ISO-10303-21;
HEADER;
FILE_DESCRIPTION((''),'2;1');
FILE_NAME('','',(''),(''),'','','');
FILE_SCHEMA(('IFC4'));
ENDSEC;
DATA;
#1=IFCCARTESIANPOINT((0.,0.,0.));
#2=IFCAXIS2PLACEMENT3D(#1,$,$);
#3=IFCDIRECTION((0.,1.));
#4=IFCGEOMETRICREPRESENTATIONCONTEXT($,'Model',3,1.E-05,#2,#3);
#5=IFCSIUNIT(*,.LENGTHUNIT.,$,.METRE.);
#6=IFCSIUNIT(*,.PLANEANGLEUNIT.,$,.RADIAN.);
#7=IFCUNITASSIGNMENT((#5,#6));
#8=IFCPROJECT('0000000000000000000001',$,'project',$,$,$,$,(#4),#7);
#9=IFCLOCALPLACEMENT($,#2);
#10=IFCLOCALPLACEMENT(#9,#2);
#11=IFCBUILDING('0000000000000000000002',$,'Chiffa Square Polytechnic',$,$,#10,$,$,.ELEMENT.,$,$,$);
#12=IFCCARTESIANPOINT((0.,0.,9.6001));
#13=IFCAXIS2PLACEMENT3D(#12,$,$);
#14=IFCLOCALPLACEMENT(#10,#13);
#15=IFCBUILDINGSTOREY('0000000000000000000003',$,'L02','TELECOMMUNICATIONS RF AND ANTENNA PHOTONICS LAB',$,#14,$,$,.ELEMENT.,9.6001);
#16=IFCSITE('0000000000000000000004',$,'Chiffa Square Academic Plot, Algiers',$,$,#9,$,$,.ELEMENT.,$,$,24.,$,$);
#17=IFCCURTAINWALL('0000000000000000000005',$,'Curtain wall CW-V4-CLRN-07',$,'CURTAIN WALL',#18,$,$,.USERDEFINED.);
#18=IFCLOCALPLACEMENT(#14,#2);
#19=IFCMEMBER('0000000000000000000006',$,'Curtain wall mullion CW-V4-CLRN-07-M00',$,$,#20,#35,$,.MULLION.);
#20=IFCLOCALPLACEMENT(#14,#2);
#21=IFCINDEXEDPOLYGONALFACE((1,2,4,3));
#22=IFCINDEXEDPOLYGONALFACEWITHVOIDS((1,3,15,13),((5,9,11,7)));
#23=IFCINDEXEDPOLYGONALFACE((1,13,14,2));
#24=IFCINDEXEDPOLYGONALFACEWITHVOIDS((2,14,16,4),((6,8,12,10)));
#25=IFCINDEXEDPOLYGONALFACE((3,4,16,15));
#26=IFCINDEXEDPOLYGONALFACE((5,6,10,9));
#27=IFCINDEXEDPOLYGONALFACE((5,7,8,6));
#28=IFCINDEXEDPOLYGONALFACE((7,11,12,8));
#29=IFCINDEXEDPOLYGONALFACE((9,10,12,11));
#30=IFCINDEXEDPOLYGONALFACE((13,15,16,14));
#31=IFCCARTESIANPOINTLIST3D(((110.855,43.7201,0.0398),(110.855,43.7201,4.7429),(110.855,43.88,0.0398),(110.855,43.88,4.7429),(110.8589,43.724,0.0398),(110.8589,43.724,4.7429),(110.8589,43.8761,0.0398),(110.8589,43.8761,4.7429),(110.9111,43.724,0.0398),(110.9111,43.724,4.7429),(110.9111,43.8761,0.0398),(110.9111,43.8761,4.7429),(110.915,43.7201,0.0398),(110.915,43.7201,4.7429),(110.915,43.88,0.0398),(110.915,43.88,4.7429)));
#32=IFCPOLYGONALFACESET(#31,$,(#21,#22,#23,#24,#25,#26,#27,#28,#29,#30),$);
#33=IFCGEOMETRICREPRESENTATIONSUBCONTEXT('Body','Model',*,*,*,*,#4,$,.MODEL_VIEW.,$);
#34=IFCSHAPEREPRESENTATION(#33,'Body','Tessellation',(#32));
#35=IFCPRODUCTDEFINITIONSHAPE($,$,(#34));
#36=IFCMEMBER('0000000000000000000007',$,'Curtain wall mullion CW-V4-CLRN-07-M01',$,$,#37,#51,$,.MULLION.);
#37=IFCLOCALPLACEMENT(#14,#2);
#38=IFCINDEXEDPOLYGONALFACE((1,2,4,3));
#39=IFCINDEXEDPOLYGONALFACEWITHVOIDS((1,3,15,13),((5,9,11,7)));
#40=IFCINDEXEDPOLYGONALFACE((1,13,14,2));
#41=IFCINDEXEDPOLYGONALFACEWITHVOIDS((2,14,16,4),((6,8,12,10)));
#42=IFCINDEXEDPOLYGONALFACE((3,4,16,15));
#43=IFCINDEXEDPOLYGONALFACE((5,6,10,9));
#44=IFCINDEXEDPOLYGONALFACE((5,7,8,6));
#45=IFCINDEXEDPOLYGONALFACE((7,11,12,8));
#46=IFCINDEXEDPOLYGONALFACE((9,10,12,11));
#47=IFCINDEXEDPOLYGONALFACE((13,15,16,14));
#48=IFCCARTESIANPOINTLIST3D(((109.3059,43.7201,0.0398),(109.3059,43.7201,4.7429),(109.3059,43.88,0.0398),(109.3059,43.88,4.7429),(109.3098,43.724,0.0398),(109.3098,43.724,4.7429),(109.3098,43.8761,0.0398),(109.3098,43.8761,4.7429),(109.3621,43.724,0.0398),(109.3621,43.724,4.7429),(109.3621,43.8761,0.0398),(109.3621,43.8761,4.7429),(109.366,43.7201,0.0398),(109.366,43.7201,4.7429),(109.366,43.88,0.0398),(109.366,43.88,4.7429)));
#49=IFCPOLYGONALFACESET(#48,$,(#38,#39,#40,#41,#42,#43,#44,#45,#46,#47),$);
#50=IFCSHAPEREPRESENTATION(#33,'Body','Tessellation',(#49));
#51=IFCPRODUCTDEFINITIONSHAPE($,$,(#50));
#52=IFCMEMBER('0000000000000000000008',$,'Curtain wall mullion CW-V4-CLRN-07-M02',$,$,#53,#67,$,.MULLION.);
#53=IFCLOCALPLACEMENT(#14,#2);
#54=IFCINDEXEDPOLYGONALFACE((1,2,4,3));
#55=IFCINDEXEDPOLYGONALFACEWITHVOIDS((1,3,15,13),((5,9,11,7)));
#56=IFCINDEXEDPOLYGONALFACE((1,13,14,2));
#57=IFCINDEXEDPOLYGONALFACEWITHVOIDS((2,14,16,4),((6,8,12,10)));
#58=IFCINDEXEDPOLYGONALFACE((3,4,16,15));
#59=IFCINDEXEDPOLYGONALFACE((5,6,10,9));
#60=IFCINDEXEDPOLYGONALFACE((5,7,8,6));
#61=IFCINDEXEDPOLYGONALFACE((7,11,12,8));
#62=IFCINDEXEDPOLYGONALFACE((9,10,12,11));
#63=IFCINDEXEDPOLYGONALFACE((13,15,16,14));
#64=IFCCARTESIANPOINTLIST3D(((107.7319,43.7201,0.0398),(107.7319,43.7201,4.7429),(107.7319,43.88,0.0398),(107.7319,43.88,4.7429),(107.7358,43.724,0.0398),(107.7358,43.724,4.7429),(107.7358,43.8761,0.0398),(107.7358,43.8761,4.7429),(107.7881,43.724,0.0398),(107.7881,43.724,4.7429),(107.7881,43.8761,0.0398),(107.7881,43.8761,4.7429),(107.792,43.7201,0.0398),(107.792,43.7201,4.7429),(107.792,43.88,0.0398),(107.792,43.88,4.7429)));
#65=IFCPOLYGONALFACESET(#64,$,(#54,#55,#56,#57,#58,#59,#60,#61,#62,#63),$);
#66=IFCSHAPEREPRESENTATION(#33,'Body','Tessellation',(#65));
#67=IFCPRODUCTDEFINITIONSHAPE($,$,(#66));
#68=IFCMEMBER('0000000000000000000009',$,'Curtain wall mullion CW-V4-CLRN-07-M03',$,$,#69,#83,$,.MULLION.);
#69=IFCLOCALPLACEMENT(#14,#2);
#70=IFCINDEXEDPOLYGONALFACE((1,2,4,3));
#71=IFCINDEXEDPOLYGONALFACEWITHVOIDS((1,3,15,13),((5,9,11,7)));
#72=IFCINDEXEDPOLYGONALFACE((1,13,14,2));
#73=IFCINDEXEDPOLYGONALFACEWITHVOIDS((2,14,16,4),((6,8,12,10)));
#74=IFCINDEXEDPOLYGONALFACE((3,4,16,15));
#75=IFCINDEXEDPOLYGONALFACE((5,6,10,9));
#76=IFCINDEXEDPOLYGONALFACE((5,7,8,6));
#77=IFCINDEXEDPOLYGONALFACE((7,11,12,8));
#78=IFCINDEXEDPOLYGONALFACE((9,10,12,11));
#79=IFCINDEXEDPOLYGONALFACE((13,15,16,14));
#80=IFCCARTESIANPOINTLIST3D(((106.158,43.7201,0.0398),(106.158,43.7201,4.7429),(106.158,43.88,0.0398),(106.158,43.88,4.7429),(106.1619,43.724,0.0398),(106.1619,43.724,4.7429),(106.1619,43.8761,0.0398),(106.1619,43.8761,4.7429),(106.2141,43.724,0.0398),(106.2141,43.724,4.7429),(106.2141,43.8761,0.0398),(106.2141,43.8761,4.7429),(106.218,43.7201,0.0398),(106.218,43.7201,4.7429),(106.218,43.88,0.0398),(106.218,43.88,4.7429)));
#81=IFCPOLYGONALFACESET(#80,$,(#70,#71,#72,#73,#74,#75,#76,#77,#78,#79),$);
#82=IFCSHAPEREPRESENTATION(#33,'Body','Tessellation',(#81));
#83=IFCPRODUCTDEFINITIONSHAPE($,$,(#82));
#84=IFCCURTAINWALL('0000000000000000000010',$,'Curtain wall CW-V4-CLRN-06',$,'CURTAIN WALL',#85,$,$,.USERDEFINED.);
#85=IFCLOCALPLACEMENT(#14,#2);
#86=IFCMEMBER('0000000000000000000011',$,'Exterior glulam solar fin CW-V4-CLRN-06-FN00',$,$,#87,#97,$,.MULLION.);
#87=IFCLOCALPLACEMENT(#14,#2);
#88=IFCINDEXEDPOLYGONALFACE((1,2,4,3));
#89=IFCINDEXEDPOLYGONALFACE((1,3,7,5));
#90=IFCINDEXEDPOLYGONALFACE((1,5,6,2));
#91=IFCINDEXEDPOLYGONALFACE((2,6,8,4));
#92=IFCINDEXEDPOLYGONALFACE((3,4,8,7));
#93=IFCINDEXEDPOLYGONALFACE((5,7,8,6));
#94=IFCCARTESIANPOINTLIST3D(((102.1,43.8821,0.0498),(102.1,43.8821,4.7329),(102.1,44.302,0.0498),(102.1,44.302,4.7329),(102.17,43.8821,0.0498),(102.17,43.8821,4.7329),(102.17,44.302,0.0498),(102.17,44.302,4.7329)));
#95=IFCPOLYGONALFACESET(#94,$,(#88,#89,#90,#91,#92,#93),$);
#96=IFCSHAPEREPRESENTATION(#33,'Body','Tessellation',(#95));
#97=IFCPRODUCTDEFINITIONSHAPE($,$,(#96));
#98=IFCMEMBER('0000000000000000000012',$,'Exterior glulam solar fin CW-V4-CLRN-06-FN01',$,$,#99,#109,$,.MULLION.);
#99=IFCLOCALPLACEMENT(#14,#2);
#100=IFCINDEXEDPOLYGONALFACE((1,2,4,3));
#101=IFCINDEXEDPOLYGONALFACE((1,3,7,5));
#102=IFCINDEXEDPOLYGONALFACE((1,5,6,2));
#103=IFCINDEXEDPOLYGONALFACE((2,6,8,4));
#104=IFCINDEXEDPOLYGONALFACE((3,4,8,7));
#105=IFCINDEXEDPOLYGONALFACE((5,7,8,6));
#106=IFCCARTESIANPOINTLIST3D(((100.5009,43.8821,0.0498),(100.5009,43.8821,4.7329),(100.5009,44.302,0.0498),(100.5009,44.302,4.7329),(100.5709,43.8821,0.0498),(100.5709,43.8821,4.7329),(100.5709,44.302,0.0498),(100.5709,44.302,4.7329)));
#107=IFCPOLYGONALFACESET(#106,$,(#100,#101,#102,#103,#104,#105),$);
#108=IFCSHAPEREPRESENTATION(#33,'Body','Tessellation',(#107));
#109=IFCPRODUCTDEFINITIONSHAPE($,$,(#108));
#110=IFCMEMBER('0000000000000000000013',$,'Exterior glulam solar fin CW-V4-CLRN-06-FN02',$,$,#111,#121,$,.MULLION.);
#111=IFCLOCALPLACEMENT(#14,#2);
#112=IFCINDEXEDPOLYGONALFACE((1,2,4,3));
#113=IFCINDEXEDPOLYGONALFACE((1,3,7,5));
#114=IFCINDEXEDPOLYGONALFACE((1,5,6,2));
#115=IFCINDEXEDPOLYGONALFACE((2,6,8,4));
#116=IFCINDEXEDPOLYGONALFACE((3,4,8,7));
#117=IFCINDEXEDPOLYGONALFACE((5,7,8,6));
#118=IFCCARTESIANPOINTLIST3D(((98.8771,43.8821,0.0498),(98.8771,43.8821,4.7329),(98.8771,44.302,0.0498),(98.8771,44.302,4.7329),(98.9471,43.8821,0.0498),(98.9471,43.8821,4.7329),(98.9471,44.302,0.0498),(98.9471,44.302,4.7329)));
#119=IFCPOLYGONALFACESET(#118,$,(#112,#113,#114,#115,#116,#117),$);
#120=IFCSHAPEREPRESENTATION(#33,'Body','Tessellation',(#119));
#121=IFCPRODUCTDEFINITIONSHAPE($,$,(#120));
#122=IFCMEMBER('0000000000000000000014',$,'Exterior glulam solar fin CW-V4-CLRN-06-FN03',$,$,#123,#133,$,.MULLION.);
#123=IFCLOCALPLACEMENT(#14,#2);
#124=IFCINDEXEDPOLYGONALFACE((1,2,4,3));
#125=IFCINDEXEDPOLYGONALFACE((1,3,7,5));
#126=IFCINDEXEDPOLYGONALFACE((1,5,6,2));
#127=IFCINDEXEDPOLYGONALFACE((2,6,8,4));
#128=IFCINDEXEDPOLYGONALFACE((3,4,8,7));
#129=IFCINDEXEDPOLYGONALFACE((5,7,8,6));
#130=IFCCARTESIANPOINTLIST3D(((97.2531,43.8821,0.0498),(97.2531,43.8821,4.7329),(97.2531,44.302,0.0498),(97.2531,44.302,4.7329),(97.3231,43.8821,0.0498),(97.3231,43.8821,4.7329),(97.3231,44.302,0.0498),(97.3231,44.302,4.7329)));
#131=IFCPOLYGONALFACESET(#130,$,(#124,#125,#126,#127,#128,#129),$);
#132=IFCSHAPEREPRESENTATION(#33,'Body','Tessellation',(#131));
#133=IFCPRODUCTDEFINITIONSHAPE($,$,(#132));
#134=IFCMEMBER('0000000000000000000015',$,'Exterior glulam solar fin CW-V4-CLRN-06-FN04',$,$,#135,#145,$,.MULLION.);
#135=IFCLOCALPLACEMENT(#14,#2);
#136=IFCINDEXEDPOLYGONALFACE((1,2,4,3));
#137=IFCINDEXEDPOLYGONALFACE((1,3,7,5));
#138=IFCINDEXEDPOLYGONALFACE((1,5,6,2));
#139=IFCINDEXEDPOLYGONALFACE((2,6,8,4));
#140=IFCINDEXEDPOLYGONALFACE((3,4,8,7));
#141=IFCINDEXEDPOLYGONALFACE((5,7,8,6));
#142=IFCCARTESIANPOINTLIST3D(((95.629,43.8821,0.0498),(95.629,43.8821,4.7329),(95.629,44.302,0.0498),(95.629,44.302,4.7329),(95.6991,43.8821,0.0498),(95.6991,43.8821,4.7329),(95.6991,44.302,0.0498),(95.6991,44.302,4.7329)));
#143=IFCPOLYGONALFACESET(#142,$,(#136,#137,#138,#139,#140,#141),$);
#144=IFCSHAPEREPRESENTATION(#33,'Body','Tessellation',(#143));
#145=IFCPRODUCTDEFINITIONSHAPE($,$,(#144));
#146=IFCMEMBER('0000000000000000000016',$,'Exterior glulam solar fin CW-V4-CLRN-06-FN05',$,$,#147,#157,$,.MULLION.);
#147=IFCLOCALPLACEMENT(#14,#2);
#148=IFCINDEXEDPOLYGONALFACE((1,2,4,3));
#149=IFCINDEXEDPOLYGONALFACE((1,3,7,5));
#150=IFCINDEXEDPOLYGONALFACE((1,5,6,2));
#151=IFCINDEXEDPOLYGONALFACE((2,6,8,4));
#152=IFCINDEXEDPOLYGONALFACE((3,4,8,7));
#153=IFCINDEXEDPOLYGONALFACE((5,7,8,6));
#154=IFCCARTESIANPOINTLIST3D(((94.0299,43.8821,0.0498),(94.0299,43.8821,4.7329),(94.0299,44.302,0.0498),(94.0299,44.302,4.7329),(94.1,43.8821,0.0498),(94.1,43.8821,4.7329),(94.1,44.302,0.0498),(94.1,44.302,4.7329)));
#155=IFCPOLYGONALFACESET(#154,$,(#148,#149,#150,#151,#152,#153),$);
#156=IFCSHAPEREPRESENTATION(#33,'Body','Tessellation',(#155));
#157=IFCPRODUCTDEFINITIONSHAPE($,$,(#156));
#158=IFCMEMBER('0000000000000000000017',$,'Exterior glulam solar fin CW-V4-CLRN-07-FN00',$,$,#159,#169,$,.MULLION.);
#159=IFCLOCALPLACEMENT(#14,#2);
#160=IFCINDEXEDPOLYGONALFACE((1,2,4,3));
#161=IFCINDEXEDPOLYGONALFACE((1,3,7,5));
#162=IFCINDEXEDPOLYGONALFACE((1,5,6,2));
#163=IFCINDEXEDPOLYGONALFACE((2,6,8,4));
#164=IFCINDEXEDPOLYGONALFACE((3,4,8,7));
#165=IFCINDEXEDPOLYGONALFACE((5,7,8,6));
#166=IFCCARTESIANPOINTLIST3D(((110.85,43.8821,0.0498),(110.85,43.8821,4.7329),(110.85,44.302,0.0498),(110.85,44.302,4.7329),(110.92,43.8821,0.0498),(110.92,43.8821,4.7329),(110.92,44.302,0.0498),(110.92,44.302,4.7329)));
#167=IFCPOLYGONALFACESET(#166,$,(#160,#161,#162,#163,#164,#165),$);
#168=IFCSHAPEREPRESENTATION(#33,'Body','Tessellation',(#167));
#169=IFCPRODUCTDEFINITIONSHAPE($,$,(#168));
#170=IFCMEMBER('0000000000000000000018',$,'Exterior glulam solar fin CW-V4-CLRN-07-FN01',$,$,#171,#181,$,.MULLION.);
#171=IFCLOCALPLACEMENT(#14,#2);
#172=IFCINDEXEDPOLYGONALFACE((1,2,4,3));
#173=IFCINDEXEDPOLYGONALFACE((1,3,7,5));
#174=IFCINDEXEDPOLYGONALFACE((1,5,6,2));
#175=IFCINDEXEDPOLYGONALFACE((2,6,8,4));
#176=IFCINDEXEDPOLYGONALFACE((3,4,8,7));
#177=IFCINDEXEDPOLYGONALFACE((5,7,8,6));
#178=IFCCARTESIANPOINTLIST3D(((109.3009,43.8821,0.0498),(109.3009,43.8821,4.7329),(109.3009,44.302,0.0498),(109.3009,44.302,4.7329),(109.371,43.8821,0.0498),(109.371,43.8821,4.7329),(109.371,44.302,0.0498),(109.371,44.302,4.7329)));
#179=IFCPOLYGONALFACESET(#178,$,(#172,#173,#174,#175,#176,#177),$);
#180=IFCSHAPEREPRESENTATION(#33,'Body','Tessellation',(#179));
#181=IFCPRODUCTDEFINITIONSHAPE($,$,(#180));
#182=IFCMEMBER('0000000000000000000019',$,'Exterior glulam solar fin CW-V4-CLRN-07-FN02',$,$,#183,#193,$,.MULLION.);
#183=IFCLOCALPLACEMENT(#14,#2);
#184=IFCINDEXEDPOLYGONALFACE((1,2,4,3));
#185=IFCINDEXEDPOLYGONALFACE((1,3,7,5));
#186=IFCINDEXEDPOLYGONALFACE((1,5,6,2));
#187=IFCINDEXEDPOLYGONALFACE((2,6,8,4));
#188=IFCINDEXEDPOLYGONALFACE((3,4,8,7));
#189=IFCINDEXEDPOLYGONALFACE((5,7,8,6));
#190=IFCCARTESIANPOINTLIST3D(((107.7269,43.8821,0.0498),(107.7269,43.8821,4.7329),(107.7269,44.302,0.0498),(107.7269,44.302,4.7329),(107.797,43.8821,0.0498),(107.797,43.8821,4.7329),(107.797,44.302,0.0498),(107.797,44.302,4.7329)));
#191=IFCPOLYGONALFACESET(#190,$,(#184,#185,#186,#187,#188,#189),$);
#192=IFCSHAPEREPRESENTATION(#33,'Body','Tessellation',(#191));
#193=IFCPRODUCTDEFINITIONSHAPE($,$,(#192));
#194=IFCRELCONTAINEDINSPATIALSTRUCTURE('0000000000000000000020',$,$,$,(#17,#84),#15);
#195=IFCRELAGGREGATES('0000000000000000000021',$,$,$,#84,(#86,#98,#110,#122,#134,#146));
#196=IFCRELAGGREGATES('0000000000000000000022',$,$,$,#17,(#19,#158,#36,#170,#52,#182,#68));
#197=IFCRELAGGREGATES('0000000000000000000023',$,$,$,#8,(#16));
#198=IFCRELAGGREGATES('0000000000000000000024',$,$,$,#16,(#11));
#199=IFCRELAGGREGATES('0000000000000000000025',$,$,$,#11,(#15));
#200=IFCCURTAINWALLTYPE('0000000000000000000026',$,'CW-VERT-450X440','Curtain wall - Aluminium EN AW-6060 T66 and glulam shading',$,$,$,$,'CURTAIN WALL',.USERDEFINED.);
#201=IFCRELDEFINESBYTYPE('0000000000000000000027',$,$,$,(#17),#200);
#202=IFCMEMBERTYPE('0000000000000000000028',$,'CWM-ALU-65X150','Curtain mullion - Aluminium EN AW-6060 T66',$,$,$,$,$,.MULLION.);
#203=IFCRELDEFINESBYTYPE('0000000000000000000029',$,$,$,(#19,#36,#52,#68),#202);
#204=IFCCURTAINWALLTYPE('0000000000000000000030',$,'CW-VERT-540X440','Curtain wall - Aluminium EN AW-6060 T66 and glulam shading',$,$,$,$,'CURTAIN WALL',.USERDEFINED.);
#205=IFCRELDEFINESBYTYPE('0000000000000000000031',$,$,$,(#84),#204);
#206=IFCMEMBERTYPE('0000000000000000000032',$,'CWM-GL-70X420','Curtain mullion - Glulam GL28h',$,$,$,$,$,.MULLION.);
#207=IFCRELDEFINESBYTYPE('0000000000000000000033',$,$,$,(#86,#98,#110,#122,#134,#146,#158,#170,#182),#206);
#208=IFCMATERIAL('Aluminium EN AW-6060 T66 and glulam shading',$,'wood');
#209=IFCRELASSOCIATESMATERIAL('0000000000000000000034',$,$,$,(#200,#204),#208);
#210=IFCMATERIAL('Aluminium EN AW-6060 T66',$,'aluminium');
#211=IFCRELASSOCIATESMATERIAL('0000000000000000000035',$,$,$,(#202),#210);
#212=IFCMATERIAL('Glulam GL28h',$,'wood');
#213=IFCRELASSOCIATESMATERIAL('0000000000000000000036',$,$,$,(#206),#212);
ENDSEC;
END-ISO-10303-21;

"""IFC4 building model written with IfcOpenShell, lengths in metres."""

from ifc_helpers import new_model, si_unit, direction, frame, origin, origin_2d, place, context, subcontext, project, spatial, rectangle, hollow_rectangle, extrude, material, material_profile, profile_set, type_object, element, aggregate, save


model = new_model("IFC4")

# Units and contexts
model_context = context("Model", 3, precision=1e-05, world=origin(), true_north=direction((0.0, 1.0)))
body_context = subcontext(model_context, "Body", "Model", "MODEL_VIEW")
ifc_project = project(units=[si_unit("LENGTHUNIT", "METRE"), si_unit("PLANEANGLEUNIT", "RADIAN")], contexts=[model_context])

# Site, building, storey
site_placement = place(None, origin())
site = spatial("IfcSite", under=ifc_project, at=site_placement, Name="Chiffa Square Academic Plot, Algiers", CompositionType="ELEMENT", RefElevation=24.0)
building_placement = place(site_placement, origin())
building = spatial("IfcBuilding", under=site, at=building_placement, Name="Chiffa Square Polytechnic", CompositionType="ELEMENT")
storey_placement = place(building_placement, frame((0.0, 0.0, 9.6001)))
storey = spatial("IfcBuildingStorey", under=building, at=storey_placement, Name="L02", Description="TELECOMMUNICATIONS RF AND ANTENNA PHOTONICS LAB", CompositionType="ELEMENT", Elevation=9.6001)

# Curtain walls, members
ifc_material_1 = material(Name="Aluminium EN AW-6060 T66 and glulam shading", Category="wood")
curtain_wall_type_1 = type_object("IfcCurtainWallType", Name="CW-VERT-450X440", Description="Curtain wall - Aluminium EN AW-6060 T66 and glulam shading", ElementType="CURTAIN WALL", PredefinedType="USERDEFINED", material=ifc_material_1)
curtain_wall_1_placement = place(storey_placement, origin())
curtain_wall_1 = element("IfcCurtainWall", 1, at=curtain_wall_1_placement, inside=storey, type_object=curtain_wall_type_1, Name="Curtain wall CW-V4-CLRN-07", ObjectType="CURTAIN WALL", PredefinedType="USERDEFINED")
ifc_material_2 = material(Name="Aluminium EN AW-6060 T66", Category="aluminium")
ifc_material_profile_1 = material_profile(ifc_material_2, hollow_rectangle(XDim=0.0601, YDim=0.1599, WallThickness=0.0039, at=origin_2d()), Name="ALU 60x160x4")
ifc_profile_set_1 = profile_set([ifc_material_profile_1], Name="Aluminium EN AW-6060 T66")
member_type_1 = type_object("IfcMemberType", Name="CWM-ALU-65X150", Description="Curtain mullion - Aluminium EN AW-6060 T66", PredefinedType="MULLION", material=ifc_profile_set_1)
member_1_placement = place(storey_placement, frame((110.885, 43.8, 0.0398), z_axis=(0.0, 0.0, 1.0), x_axis=(1.0, 0.0, 0.0)))
member_1 = element("IfcMember", 2, at=member_1_placement, type_object=member_type_1, Name="Curtain wall mullion CW-V4-CLRN-07-M00", PredefinedType="MULLION", context=body_context, shape_type="SweptSolid", body=[
    extrude(hollow_rectangle(XDim=0.0601, YDim=0.1599, WallThickness=0.0039, at=origin_2d()), origin(), (0.0, 0.0, 1.0), 4.7031),
])
member_2_placement = place(storey_placement, frame((109.3359, 43.8, 0.0398), z_axis=(0.0, 0.0, 1.0), x_axis=(1.0, 0.0, 0.0)))
member_2 = element("IfcMember", 3, at=member_2_placement, type_object=member_type_1, Name="Curtain wall mullion CW-V4-CLRN-07-M01", PredefinedType="MULLION", context=body_context, shape_type="SweptSolid", body=[
    extrude(hollow_rectangle(XDim=0.0601, YDim=0.1599, WallThickness=0.0039, at=origin_2d()), origin(), (0.0, 0.0, 1.0), 4.7031),
])
member_3_placement = place(storey_placement, frame((107.762, 43.8, 0.0398), z_axis=(0.0, 0.0, 1.0), x_axis=(1.0, 0.0, 0.0)))
member_3 = element("IfcMember", 4, at=member_3_placement, type_object=member_type_1, Name="Curtain wall mullion CW-V4-CLRN-07-M02", PredefinedType="MULLION", context=body_context, shape_type="SweptSolid", body=[
    extrude(hollow_rectangle(XDim=0.0601, YDim=0.1599, WallThickness=0.0039, at=origin_2d()), origin(), (0.0, 0.0, 1.0), 4.7031),
])
member_4_placement = place(storey_placement, frame((106.188, 43.8, 0.0398), z_axis=(0.0, 0.0, 1.0), x_axis=(1.0, 0.0, 0.0)))
member_4 = element("IfcMember", 5, at=member_4_placement, type_object=member_type_1, Name="Curtain wall mullion CW-V4-CLRN-07-M03", PredefinedType="MULLION", context=body_context, shape_type="SweptSolid", body=[
    extrude(hollow_rectangle(XDim=0.0601, YDim=0.1599, WallThickness=0.0039, at=origin_2d()), origin(), (0.0, 0.0, 1.0), 4.7031),
])
curtain_wall_type_2 = type_object("IfcCurtainWallType", Name="CW-VERT-540X440", Description="Curtain wall - Aluminium EN AW-6060 T66 and glulam shading", ElementType="CURTAIN WALL", PredefinedType="USERDEFINED", material=ifc_material_1)
curtain_wall_2_placement = place(storey_placement, origin())
curtain_wall_2 = element("IfcCurtainWall", 6, at=curtain_wall_2_placement, inside=storey, type_object=curtain_wall_type_2, Name="Curtain wall CW-V4-CLRN-06", ObjectType="CURTAIN WALL", PredefinedType="USERDEFINED")
ifc_material_3 = material(Name="Glulam GL28h", Category="wood")
ifc_material_profile_2 = material_profile(ifc_material_3, rectangle(XDim=0.0701, YDim=0.4199, at=origin_2d()), Name="GL28h 70x420")
ifc_profile_set_2 = profile_set([ifc_material_profile_2], Name="Glulam GL28h")
member_type_2 = type_object("IfcMemberType", Name="CWM-GL-70X420", Description="Curtain mullion - Glulam GL28h", PredefinedType="MULLION", material=ifc_profile_set_2)
member_5_placement = place(storey_placement, frame((102.135, 44.092, 0.0498), z_axis=(0.0, 0.0, 1.0), x_axis=(-1.0, 0.0, 0.0)))
member_5 = element("IfcMember", 7, at=member_5_placement, type_object=member_type_2, Name="Exterior glulam solar fin CW-V4-CLRN-06-FN00", PredefinedType="MULLION", context=body_context, shape_type="SweptSolid", body=[
    extrude(rectangle(XDim=0.0701, YDim=0.4199, at=origin_2d()), origin(), (0.0, 0.0, 1.0), 4.6831),
])
member_6_placement = place(storey_placement, frame((100.5359, 44.092, 0.0498), z_axis=(0.0, 0.0, 1.0), x_axis=(-1.0, 0.0, 0.0)))
member_6 = element("IfcMember", 8, at=member_6_placement, type_object=member_type_2, Name="Exterior glulam solar fin CW-V4-CLRN-06-FN01", PredefinedType="MULLION", context=body_context, shape_type="SweptSolid", body=[
    extrude(rectangle(XDim=0.0701, YDim=0.4199, at=origin_2d()), origin(), (0.0, 0.0, 1.0), 4.6831),
])
member_7_placement = place(storey_placement, frame((98.9121, 44.092, 0.0498), z_axis=(0.0, 0.0, 1.0), x_axis=(-1.0, 0.0, 0.0)))
member_7 = element("IfcMember", 9, at=member_7_placement, type_object=member_type_2, Name="Exterior glulam solar fin CW-V4-CLRN-06-FN02", PredefinedType="MULLION", context=body_context, shape_type="SweptSolid", body=[
    extrude(rectangle(XDim=0.0701, YDim=0.4199, at=origin_2d()), origin(), (0.0, 0.0, 1.0), 4.6831),
])
member_8_placement = place(storey_placement, frame((97.2881, 44.092, 0.0498), z_axis=(0.0, 0.0, 1.0), x_axis=(-1.0, 0.0, 0.0)))
member_8 = element("IfcMember", 10, at=member_8_placement, type_object=member_type_2, Name="Exterior glulam solar fin CW-V4-CLRN-06-FN03", PredefinedType="MULLION", context=body_context, shape_type="SweptSolid", body=[
    extrude(rectangle(XDim=0.0701, YDim=0.4199, at=origin_2d()), origin(), (0.0, 0.0, 1.0), 4.6831),
])
member_9_placement = place(storey_placement, frame((95.6641, 44.092, 0.0498), z_axis=(0.0, 0.0, 1.0), x_axis=(-1.0, 0.0, 0.0)))
member_9 = element("IfcMember", 11, at=member_9_placement, type_object=member_type_2, Name="Exterior glulam solar fin CW-V4-CLRN-06-FN04", PredefinedType="MULLION", context=body_context, shape_type="SweptSolid", body=[
    extrude(rectangle(XDim=0.0701, YDim=0.4199, at=origin_2d()), origin(), (0.0, 0.0, 1.0), 4.6831),
])
member_10_placement = place(storey_placement, frame((94.0649, 44.092, 0.0498), z_axis=(0.0, 0.0, 1.0), x_axis=(-1.0, 0.0, 0.0)))
member_10 = element("IfcMember", 12, at=member_10_placement, type_object=member_type_2, Name="Exterior glulam solar fin CW-V4-CLRN-06-FN05", PredefinedType="MULLION", context=body_context, shape_type="SweptSolid", body=[
    extrude(rectangle(XDim=0.0701, YDim=0.4199, at=origin_2d()), origin(), (0.0, 0.0, 1.0), 4.6831),
])

# Members
member_11_placement = place(storey_placement, frame((110.885, 44.092, 0.0498), z_axis=(0.0, 0.0, 1.0), x_axis=(-1.0, 0.0, 0.0)))
member_11 = element("IfcMember", 13, at=member_11_placement, type_object=member_type_2, Name="Exterior glulam solar fin CW-V4-CLRN-07-FN00", PredefinedType="MULLION", context=body_context, shape_type="SweptSolid", body=[
    extrude(rectangle(XDim=0.0701, YDim=0.4199, at=origin_2d()), origin(), (0.0, 0.0, 1.0), 4.6831),
])
member_12_placement = place(storey_placement, frame((109.3359, 44.092, 0.0498), z_axis=(0.0, 0.0, 1.0), x_axis=(-1.0, 0.0, 0.0)))
member_12 = element("IfcMember", 14, at=member_12_placement, type_object=member_type_2, Name="Exterior glulam solar fin CW-V4-CLRN-07-FN01", PredefinedType="MULLION", context=body_context, shape_type="SweptSolid", body=[
    extrude(rectangle(XDim=0.0701, YDim=0.4199, at=origin_2d()), origin(), (0.0, 0.0, 1.0), 4.6831),
])
member_13_placement = place(storey_placement, frame((107.762, 44.092, 0.0498), z_axis=(0.0, 0.0, 1.0), x_axis=(-1.0, 0.0, 0.0)))
member_13 = element("IfcMember", 15, at=member_13_placement, type_object=member_type_2, Name="Exterior glulam solar fin CW-V4-CLRN-07-FN02", PredefinedType="MULLION", context=body_context, shape_type="SweptSolid", body=[
    extrude(rectangle(XDim=0.0701, YDim=0.4199, at=origin_2d()), origin(), (0.0, 0.0, 1.0), 4.6831),
])
aggregate(curtain_wall_2, [member_5, member_6, member_7, member_8, member_9, member_10])

aggregate(curtain_wall_1, [member_1, member_11, member_2, member_12, member_3, member_13, member_4])

save(model, "model.ifc")
